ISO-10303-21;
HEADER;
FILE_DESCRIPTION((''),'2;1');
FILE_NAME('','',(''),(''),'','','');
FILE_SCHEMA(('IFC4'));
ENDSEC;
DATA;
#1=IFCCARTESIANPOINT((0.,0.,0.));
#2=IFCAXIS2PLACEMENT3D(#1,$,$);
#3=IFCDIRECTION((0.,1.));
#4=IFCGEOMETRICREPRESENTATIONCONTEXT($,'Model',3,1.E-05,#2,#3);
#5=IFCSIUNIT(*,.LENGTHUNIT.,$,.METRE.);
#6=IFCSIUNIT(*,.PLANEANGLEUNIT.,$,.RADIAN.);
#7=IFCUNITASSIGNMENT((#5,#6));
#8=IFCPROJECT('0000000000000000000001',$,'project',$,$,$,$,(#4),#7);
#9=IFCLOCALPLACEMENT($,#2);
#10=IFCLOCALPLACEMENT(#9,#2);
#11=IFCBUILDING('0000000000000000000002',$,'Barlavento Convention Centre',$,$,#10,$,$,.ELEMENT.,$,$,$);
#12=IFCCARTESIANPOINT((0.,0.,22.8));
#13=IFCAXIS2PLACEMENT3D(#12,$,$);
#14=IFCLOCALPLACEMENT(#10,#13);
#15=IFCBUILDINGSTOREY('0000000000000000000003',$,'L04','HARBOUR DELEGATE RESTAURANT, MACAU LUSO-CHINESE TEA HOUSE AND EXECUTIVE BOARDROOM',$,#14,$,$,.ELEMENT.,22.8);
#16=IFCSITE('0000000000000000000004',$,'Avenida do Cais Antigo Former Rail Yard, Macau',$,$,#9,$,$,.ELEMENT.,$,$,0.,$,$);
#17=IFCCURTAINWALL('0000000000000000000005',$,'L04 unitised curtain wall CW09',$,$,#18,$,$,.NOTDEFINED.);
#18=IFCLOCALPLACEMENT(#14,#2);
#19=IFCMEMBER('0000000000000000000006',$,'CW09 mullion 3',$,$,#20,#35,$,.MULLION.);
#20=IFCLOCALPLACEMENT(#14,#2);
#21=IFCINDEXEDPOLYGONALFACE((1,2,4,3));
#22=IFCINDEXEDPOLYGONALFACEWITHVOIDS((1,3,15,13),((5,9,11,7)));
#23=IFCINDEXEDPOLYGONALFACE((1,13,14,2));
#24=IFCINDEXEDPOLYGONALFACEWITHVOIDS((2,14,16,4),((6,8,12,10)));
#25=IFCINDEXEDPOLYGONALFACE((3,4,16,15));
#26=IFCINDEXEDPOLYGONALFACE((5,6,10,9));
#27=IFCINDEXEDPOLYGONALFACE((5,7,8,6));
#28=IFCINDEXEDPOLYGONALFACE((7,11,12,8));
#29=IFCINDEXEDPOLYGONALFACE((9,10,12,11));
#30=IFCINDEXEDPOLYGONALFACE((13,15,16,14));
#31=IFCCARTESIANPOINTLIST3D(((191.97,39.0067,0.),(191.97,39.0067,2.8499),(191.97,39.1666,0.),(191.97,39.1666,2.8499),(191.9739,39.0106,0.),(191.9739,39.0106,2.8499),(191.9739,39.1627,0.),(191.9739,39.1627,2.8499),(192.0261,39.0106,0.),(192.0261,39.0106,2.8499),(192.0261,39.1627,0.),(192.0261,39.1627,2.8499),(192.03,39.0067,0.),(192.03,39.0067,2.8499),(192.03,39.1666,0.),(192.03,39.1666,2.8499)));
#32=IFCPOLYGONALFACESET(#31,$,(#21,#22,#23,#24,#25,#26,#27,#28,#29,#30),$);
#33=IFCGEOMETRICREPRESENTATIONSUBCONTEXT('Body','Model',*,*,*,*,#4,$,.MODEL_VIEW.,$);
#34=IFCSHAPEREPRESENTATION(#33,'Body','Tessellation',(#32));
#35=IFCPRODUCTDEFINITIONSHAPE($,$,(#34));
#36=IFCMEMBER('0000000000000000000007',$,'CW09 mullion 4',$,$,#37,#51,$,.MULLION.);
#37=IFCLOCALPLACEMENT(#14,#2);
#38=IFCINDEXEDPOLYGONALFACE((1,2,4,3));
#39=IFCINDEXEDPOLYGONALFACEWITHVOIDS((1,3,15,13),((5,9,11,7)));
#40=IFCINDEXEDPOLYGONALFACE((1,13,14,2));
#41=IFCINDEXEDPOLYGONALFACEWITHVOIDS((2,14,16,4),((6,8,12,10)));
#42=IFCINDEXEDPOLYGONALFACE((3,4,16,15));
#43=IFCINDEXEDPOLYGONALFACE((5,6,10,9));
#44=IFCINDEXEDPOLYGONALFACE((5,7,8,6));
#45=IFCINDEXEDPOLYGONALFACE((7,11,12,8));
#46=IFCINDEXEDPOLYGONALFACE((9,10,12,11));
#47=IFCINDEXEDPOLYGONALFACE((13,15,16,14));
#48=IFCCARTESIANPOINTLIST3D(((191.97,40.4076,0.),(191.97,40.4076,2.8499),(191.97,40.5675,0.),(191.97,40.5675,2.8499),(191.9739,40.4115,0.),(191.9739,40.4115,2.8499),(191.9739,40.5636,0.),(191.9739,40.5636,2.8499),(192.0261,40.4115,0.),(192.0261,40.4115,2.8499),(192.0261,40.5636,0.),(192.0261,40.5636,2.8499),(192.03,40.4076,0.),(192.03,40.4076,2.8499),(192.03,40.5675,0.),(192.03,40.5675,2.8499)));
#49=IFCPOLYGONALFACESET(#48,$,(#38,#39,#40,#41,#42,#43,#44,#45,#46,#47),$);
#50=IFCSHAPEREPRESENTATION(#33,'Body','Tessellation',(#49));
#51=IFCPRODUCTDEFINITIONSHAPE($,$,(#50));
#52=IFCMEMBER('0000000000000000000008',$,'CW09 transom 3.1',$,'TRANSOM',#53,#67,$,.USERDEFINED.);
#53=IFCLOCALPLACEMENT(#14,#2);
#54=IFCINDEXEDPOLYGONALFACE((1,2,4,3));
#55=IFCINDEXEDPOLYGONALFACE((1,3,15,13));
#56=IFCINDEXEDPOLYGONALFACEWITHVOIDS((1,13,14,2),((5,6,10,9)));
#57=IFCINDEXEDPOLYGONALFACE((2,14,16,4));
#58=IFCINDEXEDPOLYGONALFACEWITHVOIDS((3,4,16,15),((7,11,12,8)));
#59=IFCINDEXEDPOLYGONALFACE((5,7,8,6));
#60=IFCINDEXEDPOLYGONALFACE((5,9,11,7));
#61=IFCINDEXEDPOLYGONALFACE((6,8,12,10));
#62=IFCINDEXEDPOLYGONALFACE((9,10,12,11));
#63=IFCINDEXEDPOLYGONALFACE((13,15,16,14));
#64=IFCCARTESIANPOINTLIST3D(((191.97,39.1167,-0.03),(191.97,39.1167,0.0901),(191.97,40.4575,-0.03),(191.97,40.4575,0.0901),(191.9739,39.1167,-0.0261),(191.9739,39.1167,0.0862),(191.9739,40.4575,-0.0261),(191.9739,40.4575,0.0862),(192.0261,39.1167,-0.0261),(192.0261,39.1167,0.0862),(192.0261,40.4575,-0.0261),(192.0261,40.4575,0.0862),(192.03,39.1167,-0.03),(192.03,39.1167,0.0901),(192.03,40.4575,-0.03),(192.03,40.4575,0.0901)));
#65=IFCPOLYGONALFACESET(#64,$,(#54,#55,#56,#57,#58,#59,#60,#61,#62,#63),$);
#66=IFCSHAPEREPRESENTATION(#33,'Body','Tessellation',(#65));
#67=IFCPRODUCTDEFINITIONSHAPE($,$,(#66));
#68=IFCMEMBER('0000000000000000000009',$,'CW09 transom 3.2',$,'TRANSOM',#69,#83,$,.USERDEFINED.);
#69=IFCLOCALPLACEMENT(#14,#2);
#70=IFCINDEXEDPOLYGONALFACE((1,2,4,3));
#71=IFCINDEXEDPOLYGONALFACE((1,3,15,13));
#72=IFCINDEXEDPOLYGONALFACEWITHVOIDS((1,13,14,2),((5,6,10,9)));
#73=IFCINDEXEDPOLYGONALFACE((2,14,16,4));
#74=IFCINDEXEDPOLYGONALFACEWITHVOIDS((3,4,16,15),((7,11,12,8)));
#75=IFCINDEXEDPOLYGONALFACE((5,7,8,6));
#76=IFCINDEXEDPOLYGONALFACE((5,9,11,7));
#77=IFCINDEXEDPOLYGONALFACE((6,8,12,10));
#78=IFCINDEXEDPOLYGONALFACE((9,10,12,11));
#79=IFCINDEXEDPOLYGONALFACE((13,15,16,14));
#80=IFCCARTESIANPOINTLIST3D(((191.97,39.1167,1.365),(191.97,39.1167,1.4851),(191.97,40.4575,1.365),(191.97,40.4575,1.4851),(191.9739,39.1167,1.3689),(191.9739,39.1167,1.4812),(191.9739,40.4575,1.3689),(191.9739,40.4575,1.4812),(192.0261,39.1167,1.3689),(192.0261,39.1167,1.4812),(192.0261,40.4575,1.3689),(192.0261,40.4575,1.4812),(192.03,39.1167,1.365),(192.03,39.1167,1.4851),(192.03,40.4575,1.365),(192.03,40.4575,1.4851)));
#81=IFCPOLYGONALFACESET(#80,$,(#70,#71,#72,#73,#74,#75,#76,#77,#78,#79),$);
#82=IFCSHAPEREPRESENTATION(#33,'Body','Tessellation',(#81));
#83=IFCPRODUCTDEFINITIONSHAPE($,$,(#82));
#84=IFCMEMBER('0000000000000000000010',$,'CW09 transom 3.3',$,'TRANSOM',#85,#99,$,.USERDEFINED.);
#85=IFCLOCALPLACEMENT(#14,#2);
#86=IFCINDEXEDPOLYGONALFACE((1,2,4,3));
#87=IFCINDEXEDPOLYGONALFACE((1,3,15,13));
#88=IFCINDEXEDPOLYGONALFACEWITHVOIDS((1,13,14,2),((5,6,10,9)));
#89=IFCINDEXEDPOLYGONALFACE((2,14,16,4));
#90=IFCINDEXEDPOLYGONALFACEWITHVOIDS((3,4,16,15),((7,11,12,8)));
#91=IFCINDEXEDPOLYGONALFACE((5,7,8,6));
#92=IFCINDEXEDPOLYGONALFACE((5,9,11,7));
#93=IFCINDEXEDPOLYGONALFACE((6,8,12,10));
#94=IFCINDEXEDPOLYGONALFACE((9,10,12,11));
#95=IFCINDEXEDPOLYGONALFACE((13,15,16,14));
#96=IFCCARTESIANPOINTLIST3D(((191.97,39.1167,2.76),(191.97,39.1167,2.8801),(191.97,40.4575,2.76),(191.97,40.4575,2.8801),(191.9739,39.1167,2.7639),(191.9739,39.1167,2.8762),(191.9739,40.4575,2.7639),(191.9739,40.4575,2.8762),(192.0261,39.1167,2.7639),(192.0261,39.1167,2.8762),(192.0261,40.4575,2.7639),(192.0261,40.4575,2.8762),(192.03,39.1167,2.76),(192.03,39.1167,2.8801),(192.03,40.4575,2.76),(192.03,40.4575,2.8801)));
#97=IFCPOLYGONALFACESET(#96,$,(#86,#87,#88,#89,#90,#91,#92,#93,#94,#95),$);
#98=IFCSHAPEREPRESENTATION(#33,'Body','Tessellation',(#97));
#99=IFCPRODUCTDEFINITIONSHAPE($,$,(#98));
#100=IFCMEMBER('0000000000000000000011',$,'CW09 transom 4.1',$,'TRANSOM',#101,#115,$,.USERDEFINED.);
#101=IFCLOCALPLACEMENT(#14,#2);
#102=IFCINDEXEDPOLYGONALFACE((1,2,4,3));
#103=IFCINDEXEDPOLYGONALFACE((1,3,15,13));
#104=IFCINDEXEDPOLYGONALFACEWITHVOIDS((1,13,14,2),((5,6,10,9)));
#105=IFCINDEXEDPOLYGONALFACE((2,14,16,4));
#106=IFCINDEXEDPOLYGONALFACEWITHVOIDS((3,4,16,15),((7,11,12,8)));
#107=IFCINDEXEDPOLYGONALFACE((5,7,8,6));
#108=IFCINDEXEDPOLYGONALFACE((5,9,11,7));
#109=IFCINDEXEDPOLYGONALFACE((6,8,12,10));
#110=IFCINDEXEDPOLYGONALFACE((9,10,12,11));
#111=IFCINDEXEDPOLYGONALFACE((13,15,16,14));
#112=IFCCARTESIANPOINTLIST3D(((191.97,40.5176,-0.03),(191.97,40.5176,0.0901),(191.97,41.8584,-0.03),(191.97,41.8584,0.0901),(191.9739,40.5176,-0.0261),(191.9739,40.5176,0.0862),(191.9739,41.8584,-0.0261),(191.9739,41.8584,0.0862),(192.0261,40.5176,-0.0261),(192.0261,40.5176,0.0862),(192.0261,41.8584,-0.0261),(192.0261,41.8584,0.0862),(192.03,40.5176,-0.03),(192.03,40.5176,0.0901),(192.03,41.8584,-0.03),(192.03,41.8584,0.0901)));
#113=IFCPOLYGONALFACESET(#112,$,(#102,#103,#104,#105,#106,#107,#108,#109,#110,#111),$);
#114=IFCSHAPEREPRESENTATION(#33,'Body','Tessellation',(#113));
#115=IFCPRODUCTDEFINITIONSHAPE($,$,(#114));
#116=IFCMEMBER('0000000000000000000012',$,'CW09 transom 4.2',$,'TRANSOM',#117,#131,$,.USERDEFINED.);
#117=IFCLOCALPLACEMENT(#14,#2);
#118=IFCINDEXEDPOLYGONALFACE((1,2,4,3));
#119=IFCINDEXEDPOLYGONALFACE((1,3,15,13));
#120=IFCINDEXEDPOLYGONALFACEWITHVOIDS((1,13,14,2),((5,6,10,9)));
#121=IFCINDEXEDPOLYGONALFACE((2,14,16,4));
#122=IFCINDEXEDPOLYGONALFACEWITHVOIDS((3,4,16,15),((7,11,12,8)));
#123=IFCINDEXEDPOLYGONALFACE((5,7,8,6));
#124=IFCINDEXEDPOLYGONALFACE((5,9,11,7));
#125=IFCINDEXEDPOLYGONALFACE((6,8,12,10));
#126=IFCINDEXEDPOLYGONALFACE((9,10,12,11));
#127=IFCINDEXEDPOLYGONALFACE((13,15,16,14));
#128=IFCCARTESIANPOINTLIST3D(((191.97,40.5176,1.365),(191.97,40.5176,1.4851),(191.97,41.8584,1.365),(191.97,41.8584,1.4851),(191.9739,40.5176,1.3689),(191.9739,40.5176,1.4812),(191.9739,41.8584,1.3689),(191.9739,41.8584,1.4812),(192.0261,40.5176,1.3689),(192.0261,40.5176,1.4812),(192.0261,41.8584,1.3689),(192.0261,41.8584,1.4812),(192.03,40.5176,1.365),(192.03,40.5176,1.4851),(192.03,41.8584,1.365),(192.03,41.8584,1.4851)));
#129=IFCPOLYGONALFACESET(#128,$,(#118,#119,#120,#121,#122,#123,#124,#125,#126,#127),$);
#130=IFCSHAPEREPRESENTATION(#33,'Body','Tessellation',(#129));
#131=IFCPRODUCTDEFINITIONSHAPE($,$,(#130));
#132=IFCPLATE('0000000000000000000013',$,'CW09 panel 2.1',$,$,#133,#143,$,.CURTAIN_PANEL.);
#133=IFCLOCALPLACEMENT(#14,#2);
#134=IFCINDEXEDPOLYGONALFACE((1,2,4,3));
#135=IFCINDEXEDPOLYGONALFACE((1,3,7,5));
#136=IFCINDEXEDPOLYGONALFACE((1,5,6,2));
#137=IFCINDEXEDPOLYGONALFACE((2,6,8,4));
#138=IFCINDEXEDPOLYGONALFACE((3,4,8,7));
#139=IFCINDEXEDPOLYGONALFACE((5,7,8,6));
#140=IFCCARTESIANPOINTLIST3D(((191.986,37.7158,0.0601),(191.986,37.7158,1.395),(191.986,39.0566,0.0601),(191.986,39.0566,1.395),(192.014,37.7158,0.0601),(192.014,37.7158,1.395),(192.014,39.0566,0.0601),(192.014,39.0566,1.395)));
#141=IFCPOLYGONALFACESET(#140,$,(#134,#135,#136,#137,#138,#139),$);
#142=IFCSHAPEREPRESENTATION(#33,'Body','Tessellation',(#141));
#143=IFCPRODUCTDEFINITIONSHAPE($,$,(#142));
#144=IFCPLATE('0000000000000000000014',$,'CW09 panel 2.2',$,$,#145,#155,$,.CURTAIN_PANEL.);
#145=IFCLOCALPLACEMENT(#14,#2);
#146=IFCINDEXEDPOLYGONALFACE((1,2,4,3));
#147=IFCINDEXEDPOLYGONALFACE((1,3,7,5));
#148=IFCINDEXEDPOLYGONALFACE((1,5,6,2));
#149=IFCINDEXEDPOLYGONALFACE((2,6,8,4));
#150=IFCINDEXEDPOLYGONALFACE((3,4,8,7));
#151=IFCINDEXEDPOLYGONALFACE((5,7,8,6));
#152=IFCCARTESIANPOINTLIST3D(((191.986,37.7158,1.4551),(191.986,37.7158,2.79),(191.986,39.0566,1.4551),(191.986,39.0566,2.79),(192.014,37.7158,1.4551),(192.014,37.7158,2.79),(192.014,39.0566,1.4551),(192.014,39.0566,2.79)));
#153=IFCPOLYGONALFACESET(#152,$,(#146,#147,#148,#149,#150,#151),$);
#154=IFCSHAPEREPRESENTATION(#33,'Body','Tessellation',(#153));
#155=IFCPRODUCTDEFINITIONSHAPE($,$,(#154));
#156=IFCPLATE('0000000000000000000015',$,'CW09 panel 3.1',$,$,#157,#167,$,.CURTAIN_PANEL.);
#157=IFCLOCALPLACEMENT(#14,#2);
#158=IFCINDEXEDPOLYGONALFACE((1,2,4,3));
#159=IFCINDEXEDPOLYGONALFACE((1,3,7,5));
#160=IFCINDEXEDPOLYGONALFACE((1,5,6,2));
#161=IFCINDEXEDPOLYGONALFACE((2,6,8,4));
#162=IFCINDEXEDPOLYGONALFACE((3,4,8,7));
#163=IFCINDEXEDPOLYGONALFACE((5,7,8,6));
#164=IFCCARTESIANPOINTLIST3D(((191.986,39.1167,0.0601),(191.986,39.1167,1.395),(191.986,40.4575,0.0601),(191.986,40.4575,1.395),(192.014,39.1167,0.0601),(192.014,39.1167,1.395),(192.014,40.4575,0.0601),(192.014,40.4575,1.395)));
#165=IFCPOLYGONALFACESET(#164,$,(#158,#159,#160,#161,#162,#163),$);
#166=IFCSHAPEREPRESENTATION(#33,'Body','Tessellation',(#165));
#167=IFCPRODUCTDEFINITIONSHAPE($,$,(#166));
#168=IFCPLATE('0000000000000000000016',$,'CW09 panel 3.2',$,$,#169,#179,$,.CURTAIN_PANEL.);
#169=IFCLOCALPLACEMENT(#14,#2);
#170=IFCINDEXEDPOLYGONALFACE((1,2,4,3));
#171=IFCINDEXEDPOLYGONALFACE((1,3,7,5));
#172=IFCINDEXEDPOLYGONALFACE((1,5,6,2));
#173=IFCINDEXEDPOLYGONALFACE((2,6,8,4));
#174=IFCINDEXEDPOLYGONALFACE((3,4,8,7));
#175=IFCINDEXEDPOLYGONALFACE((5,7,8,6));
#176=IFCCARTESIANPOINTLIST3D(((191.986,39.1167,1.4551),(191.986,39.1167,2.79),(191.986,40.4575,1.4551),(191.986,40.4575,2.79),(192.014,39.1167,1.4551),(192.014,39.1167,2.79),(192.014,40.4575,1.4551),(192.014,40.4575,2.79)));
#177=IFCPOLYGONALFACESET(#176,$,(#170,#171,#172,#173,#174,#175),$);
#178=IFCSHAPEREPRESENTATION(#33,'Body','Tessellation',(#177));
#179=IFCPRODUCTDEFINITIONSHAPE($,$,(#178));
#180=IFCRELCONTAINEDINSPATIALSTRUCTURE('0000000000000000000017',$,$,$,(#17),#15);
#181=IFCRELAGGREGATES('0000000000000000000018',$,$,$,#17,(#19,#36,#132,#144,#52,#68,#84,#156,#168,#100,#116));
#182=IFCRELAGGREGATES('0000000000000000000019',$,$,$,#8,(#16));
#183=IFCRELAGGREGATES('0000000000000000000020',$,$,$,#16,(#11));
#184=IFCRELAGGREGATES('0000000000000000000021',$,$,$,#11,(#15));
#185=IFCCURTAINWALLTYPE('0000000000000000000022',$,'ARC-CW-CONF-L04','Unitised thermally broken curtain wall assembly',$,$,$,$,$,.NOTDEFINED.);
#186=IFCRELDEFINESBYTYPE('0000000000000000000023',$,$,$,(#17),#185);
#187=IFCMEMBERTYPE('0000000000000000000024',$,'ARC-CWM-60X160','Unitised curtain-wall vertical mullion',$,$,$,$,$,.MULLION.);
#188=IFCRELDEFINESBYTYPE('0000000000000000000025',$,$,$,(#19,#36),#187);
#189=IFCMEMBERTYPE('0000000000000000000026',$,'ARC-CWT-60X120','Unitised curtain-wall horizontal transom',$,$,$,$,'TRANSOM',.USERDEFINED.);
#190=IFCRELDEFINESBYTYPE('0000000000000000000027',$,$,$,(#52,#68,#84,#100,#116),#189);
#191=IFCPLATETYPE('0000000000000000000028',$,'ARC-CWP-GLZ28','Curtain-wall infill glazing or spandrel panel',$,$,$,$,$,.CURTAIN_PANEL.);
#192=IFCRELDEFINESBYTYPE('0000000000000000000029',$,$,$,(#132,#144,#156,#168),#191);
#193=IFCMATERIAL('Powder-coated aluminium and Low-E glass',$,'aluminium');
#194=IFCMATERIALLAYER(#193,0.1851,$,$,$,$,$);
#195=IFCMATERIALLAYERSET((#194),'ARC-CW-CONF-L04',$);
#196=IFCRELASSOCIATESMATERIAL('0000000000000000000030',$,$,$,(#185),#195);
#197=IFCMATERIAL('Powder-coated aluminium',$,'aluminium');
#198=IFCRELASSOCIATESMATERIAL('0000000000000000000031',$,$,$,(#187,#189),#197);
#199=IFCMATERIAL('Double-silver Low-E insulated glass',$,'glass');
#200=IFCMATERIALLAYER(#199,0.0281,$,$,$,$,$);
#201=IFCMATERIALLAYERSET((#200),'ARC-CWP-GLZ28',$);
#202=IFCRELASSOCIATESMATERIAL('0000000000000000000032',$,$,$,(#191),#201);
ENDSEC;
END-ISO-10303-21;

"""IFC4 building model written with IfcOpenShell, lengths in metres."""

from ifc_helpers import new_model, si_unit, direction, frame, origin, origin_2d, place, context, subcontext, project, spatial, rectangle, hollow_rectangle, extrude, material, layer, layer_set, material_profile, profile_set, type_object, element, aggregate, save


model = new_model("IFC4")

# Units and contexts
model_context = context("Model", 3, precision=1e-05, world=origin(), true_north=direction((0.0, 1.0)))
body_context = subcontext(model_context, "Body", "Model", "MODEL_VIEW")
ifc_project = project(units=[si_unit("LENGTHUNIT", "METRE"), si_unit("PLANEANGLEUNIT", "RADIAN")], contexts=[model_context])

# Site, building, storey
site_placement = place(None, origin())
site = spatial("IfcSite", under=ifc_project, at=site_placement, Name="Avenida do Cais Antigo Former Rail Yard, Macau", CompositionType="ELEMENT", RefElevation=0.0)
building_placement = place(site_placement, origin())
building = spatial("IfcBuilding", under=site, at=building_placement, Name="Barlavento Convention Centre", CompositionType="ELEMENT")
storey_placement = place(building_placement, frame((0.0, 0.0, 22.8)))
storey = spatial("IfcBuildingStorey", under=building, at=storey_placement, Name="L04", Description="HARBOUR DELEGATE RESTAURANT, MACAU LUSO-CHINESE TEA HOUSE AND EXECUTIVE BOARDROOM", CompositionType="ELEMENT", Elevation=22.8)

# Curtain wall, members, plates
ifc_material_1 = material(Name="Powder-coated aluminium and Low-E glass", Category="aluminium")
ifc_layer_1 = layer(ifc_material_1, 0.1851)
ifc_layer_set_1 = layer_set([ifc_layer_1], Name="ARC-CW-CONF-L04")
curtain_wall_type = type_object("IfcCurtainWallType", Name="ARC-CW-CONF-L04", Description="Unitised thermally broken curtain wall assembly", PredefinedType="NOTDEFINED", material=ifc_layer_set_1)
curtain_wall_placement = place(storey_placement, origin())
curtain_wall = element("IfcCurtainWall", 1, at=curtain_wall_placement, inside=storey, type_object=curtain_wall_type, Name="L04 unitised curtain wall CW09", PredefinedType="NOTDEFINED")
ifc_material_2 = material(Name="Powder-coated aluminium", Category="aluminium")
ifc_material_profile_1 = material_profile(ifc_material_2, hollow_rectangle(XDim=0.0601, YDim=0.1599, WallThickness=0.0039, at=origin_2d()), Name="AL-MULL 60x160x4")
ifc_profile_set_1 = profile_set([ifc_material_profile_1], Name="Powder-coated aluminium")
member_type_1 = type_object("IfcMemberType", Name="ARC-CWM-60X160", Description="Unitised curtain-wall vertical mullion", PredefinedType="MULLION", material=ifc_profile_set_1)
member_1_placement = place(storey_placement, frame((192.0, 39.0867, 0.0), z_axis=(0.0, 0.0, 1.0), x_axis=(-1.0, 0.0, 0.0)))
member_1 = element("IfcMember", 2, at=member_1_placement, type_object=member_type_1, Name="CW09 mullion 3", PredefinedType="MULLION", context=body_context, shape_type="SweptSolid", body=[
    extrude(hollow_rectangle(XDim=0.0601, YDim=0.1599, WallThickness=0.0039, at=origin_2d()), origin(), (0.0, 0.0, 1.0), 2.8499),
])
member_2_placement = place(storey_placement, frame((192.0, 40.4875, 0.0), z_axis=(0.0, 0.0, 1.0), x_axis=(-1.0, 0.0, 0.0)))
member_2 = element("IfcMember", 3, at=member_2_placement, type_object=member_type_1, Name="CW09 mullion 4", PredefinedType="MULLION", context=body_context, shape_type="SweptSolid", body=[
    extrude(hollow_rectangle(XDim=0.0601, YDim=0.1599, WallThickness=0.0039, at=origin_2d()), origin(), (0.0, 0.0, 1.0), 2.8499),
])
ifc_material_profile_2 = material_profile(ifc_material_2, hollow_rectangle(XDim=0.0601, YDim=0.1201, WallThickness=0.0039, at=origin_2d()), Name="AL-TRAN 60x120x4")
ifc_profile_set_2 = profile_set([ifc_material_profile_2], Name="Powder-coated aluminium")
member_type_2 = type_object("IfcMemberType", Name="ARC-CWT-60X120", Description="Unitised curtain-wall horizontal transom", ElementType="TRANSOM", PredefinedType="USERDEFINED", material=ifc_profile_set_2)
member_3_placement = place(storey_placement, frame((192.0, 39.1167, 0.03), z_axis=(0.0, 1.0, 0.0), x_axis=(-1.0, 0.0, 0.0)))
member_3 = element("IfcMember", 4, at=member_3_placement, type_object=member_type_2, Name="CW09 transom 3.1", ObjectType="TRANSOM", PredefinedType="USERDEFINED", context=body_context, shape_type="SweptSolid", body=[
    extrude(hollow_rectangle(XDim=0.0601, YDim=0.1201, WallThickness=0.0039, at=origin_2d()), origin(), (0.0, 0.0, 1.0), 1.3408),
])
member_4_placement = place(storey_placement, frame((192.0, 39.1167, 1.425), z_axis=(0.0, 1.0, 0.0), x_axis=(-1.0, 0.0, 0.0)))
member_4 = element("IfcMember", 5, at=member_4_placement, type_object=member_type_2, Name="CW09 transom 3.2", ObjectType="TRANSOM", PredefinedType="USERDEFINED", context=body_context, shape_type="SweptSolid", body=[
    extrude(hollow_rectangle(XDim=0.0601, YDim=0.1201, WallThickness=0.0039, at=origin_2d()), origin(), (0.0, 0.0, 1.0), 1.3408),
])
member_5_placement = place(storey_placement, frame((192.0, 39.1167, 2.8201), z_axis=(0.0, 1.0, 0.0), x_axis=(-1.0, 0.0, 0.0)))
member_5 = element("IfcMember", 6, at=member_5_placement, type_object=member_type_2, Name="CW09 transom 3.3", ObjectType="TRANSOM", PredefinedType="USERDEFINED", context=body_context, shape_type="SweptSolid", body=[
    extrude(hollow_rectangle(XDim=0.0601, YDim=0.1201, WallThickness=0.0039, at=origin_2d()), origin(), (0.0, 0.0, 1.0), 1.3408),
])
member_6_placement = place(storey_placement, frame((192.0, 40.5176, 0.03), z_axis=(0.0, 1.0, 0.0), x_axis=(-1.0, 0.0, 0.0)))
member_6 = element("IfcMember", 7, at=member_6_placement, type_object=member_type_2, Name="CW09 transom 4.1", ObjectType="TRANSOM", PredefinedType="USERDEFINED", context=body_context, shape_type="SweptSolid", body=[
    extrude(hollow_rectangle(XDim=0.0601, YDim=0.1201, WallThickness=0.0039, at=origin_2d()), origin(), (0.0, 0.0, 1.0), 1.3408),
])
member_7_placement = place(storey_placement, frame((192.0, 40.5176, 1.425), z_axis=(0.0, 1.0, 0.0), x_axis=(-1.0, 0.0, 0.0)))
member_7 = element("IfcMember", 8, at=member_7_placement, type_object=member_type_2, Name="CW09 transom 4.2", ObjectType="TRANSOM", PredefinedType="USERDEFINED", context=body_context, shape_type="SweptSolid", body=[
    extrude(hollow_rectangle(XDim=0.0601, YDim=0.1201, WallThickness=0.0039, at=origin_2d()), origin(), (0.0, 0.0, 1.0), 1.3408),
])
ifc_material_3 = material(Name="Double-silver Low-E insulated glass", Category="glass")
ifc_layer_2 = layer(ifc_material_3, 0.0281)
ifc_layer_set_2 = layer_set([ifc_layer_2], Name="ARC-CWP-GLZ28")
plate_type = type_object("IfcPlateType", Name="ARC-CWP-GLZ28", Description="Curtain-wall infill glazing or spandrel panel", PredefinedType="CURTAIN_PANEL", material=ifc_layer_set_2)
plate_1_placement = place(storey_placement, frame((192.0, 38.3862, 0.0601), z_axis=(0.0, 0.0, 1.0), x_axis=(0.0, 1.0, 0.0)))
plate_1 = element("IfcPlate", 9, at=plate_1_placement, type_object=plate_type, Name="CW09 panel 2.1", PredefinedType="CURTAIN_PANEL", context=body_context, shape_type="SweptSolid", body=[
    extrude(rectangle(XDim=1.3408, YDim=0.0281, at=origin_2d()), origin(), (0.0, 0.0, 1.0), 1.335),
])
plate_2_placement = place(storey_placement, frame((192.0, 38.3862, 1.4551), z_axis=(0.0, 0.0, 1.0), x_axis=(0.0, 1.0, 0.0)))
plate_2 = element("IfcPlate", 10, at=plate_2_placement, type_object=plate_type, Name="CW09 panel 2.2", PredefinedType="CURTAIN_PANEL", context=body_context, shape_type="SweptSolid", body=[
    extrude(rectangle(XDim=1.3408, YDim=0.0281, at=origin_2d()), origin(), (0.0, 0.0, 1.0), 1.335),
])
plate_3_placement = place(storey_placement, frame((192.0, 39.7871, 0.0601), z_axis=(0.0, 0.0, 1.0), x_axis=(0.0, 1.0, 0.0)))
plate_3 = element("IfcPlate", 11, at=plate_3_placement, type_object=plate_type, Name="CW09 panel 3.1", PredefinedType="CURTAIN_PANEL", context=body_context, shape_type="SweptSolid", body=[
    extrude(rectangle(XDim=1.3408, YDim=0.0281, at=origin_2d()), origin(), (0.0, 0.0, 1.0), 1.335),
])
plate_4_placement = place(storey_placement, frame((192.0, 39.7871, 1.4551), z_axis=(0.0, 0.0, 1.0), x_axis=(0.0, 1.0, 0.0)))
plate_4 = element("IfcPlate", 12, at=plate_4_placement, type_object=plate_type, Name="CW09 panel 3.2", PredefinedType="CURTAIN_PANEL", context=body_context, shape_type="SweptSolid", body=[
    extrude(rectangle(XDim=1.3408, YDim=0.0281, at=origin_2d()), origin(), (0.0, 0.0, 1.0), 1.335),
])
aggregate(curtain_wall, [member_1, member_2, plate_1, plate_2, member_3, member_4, member_5, plate_3, plate_4, member_6, member_7])

save(model, "model.ifc")
